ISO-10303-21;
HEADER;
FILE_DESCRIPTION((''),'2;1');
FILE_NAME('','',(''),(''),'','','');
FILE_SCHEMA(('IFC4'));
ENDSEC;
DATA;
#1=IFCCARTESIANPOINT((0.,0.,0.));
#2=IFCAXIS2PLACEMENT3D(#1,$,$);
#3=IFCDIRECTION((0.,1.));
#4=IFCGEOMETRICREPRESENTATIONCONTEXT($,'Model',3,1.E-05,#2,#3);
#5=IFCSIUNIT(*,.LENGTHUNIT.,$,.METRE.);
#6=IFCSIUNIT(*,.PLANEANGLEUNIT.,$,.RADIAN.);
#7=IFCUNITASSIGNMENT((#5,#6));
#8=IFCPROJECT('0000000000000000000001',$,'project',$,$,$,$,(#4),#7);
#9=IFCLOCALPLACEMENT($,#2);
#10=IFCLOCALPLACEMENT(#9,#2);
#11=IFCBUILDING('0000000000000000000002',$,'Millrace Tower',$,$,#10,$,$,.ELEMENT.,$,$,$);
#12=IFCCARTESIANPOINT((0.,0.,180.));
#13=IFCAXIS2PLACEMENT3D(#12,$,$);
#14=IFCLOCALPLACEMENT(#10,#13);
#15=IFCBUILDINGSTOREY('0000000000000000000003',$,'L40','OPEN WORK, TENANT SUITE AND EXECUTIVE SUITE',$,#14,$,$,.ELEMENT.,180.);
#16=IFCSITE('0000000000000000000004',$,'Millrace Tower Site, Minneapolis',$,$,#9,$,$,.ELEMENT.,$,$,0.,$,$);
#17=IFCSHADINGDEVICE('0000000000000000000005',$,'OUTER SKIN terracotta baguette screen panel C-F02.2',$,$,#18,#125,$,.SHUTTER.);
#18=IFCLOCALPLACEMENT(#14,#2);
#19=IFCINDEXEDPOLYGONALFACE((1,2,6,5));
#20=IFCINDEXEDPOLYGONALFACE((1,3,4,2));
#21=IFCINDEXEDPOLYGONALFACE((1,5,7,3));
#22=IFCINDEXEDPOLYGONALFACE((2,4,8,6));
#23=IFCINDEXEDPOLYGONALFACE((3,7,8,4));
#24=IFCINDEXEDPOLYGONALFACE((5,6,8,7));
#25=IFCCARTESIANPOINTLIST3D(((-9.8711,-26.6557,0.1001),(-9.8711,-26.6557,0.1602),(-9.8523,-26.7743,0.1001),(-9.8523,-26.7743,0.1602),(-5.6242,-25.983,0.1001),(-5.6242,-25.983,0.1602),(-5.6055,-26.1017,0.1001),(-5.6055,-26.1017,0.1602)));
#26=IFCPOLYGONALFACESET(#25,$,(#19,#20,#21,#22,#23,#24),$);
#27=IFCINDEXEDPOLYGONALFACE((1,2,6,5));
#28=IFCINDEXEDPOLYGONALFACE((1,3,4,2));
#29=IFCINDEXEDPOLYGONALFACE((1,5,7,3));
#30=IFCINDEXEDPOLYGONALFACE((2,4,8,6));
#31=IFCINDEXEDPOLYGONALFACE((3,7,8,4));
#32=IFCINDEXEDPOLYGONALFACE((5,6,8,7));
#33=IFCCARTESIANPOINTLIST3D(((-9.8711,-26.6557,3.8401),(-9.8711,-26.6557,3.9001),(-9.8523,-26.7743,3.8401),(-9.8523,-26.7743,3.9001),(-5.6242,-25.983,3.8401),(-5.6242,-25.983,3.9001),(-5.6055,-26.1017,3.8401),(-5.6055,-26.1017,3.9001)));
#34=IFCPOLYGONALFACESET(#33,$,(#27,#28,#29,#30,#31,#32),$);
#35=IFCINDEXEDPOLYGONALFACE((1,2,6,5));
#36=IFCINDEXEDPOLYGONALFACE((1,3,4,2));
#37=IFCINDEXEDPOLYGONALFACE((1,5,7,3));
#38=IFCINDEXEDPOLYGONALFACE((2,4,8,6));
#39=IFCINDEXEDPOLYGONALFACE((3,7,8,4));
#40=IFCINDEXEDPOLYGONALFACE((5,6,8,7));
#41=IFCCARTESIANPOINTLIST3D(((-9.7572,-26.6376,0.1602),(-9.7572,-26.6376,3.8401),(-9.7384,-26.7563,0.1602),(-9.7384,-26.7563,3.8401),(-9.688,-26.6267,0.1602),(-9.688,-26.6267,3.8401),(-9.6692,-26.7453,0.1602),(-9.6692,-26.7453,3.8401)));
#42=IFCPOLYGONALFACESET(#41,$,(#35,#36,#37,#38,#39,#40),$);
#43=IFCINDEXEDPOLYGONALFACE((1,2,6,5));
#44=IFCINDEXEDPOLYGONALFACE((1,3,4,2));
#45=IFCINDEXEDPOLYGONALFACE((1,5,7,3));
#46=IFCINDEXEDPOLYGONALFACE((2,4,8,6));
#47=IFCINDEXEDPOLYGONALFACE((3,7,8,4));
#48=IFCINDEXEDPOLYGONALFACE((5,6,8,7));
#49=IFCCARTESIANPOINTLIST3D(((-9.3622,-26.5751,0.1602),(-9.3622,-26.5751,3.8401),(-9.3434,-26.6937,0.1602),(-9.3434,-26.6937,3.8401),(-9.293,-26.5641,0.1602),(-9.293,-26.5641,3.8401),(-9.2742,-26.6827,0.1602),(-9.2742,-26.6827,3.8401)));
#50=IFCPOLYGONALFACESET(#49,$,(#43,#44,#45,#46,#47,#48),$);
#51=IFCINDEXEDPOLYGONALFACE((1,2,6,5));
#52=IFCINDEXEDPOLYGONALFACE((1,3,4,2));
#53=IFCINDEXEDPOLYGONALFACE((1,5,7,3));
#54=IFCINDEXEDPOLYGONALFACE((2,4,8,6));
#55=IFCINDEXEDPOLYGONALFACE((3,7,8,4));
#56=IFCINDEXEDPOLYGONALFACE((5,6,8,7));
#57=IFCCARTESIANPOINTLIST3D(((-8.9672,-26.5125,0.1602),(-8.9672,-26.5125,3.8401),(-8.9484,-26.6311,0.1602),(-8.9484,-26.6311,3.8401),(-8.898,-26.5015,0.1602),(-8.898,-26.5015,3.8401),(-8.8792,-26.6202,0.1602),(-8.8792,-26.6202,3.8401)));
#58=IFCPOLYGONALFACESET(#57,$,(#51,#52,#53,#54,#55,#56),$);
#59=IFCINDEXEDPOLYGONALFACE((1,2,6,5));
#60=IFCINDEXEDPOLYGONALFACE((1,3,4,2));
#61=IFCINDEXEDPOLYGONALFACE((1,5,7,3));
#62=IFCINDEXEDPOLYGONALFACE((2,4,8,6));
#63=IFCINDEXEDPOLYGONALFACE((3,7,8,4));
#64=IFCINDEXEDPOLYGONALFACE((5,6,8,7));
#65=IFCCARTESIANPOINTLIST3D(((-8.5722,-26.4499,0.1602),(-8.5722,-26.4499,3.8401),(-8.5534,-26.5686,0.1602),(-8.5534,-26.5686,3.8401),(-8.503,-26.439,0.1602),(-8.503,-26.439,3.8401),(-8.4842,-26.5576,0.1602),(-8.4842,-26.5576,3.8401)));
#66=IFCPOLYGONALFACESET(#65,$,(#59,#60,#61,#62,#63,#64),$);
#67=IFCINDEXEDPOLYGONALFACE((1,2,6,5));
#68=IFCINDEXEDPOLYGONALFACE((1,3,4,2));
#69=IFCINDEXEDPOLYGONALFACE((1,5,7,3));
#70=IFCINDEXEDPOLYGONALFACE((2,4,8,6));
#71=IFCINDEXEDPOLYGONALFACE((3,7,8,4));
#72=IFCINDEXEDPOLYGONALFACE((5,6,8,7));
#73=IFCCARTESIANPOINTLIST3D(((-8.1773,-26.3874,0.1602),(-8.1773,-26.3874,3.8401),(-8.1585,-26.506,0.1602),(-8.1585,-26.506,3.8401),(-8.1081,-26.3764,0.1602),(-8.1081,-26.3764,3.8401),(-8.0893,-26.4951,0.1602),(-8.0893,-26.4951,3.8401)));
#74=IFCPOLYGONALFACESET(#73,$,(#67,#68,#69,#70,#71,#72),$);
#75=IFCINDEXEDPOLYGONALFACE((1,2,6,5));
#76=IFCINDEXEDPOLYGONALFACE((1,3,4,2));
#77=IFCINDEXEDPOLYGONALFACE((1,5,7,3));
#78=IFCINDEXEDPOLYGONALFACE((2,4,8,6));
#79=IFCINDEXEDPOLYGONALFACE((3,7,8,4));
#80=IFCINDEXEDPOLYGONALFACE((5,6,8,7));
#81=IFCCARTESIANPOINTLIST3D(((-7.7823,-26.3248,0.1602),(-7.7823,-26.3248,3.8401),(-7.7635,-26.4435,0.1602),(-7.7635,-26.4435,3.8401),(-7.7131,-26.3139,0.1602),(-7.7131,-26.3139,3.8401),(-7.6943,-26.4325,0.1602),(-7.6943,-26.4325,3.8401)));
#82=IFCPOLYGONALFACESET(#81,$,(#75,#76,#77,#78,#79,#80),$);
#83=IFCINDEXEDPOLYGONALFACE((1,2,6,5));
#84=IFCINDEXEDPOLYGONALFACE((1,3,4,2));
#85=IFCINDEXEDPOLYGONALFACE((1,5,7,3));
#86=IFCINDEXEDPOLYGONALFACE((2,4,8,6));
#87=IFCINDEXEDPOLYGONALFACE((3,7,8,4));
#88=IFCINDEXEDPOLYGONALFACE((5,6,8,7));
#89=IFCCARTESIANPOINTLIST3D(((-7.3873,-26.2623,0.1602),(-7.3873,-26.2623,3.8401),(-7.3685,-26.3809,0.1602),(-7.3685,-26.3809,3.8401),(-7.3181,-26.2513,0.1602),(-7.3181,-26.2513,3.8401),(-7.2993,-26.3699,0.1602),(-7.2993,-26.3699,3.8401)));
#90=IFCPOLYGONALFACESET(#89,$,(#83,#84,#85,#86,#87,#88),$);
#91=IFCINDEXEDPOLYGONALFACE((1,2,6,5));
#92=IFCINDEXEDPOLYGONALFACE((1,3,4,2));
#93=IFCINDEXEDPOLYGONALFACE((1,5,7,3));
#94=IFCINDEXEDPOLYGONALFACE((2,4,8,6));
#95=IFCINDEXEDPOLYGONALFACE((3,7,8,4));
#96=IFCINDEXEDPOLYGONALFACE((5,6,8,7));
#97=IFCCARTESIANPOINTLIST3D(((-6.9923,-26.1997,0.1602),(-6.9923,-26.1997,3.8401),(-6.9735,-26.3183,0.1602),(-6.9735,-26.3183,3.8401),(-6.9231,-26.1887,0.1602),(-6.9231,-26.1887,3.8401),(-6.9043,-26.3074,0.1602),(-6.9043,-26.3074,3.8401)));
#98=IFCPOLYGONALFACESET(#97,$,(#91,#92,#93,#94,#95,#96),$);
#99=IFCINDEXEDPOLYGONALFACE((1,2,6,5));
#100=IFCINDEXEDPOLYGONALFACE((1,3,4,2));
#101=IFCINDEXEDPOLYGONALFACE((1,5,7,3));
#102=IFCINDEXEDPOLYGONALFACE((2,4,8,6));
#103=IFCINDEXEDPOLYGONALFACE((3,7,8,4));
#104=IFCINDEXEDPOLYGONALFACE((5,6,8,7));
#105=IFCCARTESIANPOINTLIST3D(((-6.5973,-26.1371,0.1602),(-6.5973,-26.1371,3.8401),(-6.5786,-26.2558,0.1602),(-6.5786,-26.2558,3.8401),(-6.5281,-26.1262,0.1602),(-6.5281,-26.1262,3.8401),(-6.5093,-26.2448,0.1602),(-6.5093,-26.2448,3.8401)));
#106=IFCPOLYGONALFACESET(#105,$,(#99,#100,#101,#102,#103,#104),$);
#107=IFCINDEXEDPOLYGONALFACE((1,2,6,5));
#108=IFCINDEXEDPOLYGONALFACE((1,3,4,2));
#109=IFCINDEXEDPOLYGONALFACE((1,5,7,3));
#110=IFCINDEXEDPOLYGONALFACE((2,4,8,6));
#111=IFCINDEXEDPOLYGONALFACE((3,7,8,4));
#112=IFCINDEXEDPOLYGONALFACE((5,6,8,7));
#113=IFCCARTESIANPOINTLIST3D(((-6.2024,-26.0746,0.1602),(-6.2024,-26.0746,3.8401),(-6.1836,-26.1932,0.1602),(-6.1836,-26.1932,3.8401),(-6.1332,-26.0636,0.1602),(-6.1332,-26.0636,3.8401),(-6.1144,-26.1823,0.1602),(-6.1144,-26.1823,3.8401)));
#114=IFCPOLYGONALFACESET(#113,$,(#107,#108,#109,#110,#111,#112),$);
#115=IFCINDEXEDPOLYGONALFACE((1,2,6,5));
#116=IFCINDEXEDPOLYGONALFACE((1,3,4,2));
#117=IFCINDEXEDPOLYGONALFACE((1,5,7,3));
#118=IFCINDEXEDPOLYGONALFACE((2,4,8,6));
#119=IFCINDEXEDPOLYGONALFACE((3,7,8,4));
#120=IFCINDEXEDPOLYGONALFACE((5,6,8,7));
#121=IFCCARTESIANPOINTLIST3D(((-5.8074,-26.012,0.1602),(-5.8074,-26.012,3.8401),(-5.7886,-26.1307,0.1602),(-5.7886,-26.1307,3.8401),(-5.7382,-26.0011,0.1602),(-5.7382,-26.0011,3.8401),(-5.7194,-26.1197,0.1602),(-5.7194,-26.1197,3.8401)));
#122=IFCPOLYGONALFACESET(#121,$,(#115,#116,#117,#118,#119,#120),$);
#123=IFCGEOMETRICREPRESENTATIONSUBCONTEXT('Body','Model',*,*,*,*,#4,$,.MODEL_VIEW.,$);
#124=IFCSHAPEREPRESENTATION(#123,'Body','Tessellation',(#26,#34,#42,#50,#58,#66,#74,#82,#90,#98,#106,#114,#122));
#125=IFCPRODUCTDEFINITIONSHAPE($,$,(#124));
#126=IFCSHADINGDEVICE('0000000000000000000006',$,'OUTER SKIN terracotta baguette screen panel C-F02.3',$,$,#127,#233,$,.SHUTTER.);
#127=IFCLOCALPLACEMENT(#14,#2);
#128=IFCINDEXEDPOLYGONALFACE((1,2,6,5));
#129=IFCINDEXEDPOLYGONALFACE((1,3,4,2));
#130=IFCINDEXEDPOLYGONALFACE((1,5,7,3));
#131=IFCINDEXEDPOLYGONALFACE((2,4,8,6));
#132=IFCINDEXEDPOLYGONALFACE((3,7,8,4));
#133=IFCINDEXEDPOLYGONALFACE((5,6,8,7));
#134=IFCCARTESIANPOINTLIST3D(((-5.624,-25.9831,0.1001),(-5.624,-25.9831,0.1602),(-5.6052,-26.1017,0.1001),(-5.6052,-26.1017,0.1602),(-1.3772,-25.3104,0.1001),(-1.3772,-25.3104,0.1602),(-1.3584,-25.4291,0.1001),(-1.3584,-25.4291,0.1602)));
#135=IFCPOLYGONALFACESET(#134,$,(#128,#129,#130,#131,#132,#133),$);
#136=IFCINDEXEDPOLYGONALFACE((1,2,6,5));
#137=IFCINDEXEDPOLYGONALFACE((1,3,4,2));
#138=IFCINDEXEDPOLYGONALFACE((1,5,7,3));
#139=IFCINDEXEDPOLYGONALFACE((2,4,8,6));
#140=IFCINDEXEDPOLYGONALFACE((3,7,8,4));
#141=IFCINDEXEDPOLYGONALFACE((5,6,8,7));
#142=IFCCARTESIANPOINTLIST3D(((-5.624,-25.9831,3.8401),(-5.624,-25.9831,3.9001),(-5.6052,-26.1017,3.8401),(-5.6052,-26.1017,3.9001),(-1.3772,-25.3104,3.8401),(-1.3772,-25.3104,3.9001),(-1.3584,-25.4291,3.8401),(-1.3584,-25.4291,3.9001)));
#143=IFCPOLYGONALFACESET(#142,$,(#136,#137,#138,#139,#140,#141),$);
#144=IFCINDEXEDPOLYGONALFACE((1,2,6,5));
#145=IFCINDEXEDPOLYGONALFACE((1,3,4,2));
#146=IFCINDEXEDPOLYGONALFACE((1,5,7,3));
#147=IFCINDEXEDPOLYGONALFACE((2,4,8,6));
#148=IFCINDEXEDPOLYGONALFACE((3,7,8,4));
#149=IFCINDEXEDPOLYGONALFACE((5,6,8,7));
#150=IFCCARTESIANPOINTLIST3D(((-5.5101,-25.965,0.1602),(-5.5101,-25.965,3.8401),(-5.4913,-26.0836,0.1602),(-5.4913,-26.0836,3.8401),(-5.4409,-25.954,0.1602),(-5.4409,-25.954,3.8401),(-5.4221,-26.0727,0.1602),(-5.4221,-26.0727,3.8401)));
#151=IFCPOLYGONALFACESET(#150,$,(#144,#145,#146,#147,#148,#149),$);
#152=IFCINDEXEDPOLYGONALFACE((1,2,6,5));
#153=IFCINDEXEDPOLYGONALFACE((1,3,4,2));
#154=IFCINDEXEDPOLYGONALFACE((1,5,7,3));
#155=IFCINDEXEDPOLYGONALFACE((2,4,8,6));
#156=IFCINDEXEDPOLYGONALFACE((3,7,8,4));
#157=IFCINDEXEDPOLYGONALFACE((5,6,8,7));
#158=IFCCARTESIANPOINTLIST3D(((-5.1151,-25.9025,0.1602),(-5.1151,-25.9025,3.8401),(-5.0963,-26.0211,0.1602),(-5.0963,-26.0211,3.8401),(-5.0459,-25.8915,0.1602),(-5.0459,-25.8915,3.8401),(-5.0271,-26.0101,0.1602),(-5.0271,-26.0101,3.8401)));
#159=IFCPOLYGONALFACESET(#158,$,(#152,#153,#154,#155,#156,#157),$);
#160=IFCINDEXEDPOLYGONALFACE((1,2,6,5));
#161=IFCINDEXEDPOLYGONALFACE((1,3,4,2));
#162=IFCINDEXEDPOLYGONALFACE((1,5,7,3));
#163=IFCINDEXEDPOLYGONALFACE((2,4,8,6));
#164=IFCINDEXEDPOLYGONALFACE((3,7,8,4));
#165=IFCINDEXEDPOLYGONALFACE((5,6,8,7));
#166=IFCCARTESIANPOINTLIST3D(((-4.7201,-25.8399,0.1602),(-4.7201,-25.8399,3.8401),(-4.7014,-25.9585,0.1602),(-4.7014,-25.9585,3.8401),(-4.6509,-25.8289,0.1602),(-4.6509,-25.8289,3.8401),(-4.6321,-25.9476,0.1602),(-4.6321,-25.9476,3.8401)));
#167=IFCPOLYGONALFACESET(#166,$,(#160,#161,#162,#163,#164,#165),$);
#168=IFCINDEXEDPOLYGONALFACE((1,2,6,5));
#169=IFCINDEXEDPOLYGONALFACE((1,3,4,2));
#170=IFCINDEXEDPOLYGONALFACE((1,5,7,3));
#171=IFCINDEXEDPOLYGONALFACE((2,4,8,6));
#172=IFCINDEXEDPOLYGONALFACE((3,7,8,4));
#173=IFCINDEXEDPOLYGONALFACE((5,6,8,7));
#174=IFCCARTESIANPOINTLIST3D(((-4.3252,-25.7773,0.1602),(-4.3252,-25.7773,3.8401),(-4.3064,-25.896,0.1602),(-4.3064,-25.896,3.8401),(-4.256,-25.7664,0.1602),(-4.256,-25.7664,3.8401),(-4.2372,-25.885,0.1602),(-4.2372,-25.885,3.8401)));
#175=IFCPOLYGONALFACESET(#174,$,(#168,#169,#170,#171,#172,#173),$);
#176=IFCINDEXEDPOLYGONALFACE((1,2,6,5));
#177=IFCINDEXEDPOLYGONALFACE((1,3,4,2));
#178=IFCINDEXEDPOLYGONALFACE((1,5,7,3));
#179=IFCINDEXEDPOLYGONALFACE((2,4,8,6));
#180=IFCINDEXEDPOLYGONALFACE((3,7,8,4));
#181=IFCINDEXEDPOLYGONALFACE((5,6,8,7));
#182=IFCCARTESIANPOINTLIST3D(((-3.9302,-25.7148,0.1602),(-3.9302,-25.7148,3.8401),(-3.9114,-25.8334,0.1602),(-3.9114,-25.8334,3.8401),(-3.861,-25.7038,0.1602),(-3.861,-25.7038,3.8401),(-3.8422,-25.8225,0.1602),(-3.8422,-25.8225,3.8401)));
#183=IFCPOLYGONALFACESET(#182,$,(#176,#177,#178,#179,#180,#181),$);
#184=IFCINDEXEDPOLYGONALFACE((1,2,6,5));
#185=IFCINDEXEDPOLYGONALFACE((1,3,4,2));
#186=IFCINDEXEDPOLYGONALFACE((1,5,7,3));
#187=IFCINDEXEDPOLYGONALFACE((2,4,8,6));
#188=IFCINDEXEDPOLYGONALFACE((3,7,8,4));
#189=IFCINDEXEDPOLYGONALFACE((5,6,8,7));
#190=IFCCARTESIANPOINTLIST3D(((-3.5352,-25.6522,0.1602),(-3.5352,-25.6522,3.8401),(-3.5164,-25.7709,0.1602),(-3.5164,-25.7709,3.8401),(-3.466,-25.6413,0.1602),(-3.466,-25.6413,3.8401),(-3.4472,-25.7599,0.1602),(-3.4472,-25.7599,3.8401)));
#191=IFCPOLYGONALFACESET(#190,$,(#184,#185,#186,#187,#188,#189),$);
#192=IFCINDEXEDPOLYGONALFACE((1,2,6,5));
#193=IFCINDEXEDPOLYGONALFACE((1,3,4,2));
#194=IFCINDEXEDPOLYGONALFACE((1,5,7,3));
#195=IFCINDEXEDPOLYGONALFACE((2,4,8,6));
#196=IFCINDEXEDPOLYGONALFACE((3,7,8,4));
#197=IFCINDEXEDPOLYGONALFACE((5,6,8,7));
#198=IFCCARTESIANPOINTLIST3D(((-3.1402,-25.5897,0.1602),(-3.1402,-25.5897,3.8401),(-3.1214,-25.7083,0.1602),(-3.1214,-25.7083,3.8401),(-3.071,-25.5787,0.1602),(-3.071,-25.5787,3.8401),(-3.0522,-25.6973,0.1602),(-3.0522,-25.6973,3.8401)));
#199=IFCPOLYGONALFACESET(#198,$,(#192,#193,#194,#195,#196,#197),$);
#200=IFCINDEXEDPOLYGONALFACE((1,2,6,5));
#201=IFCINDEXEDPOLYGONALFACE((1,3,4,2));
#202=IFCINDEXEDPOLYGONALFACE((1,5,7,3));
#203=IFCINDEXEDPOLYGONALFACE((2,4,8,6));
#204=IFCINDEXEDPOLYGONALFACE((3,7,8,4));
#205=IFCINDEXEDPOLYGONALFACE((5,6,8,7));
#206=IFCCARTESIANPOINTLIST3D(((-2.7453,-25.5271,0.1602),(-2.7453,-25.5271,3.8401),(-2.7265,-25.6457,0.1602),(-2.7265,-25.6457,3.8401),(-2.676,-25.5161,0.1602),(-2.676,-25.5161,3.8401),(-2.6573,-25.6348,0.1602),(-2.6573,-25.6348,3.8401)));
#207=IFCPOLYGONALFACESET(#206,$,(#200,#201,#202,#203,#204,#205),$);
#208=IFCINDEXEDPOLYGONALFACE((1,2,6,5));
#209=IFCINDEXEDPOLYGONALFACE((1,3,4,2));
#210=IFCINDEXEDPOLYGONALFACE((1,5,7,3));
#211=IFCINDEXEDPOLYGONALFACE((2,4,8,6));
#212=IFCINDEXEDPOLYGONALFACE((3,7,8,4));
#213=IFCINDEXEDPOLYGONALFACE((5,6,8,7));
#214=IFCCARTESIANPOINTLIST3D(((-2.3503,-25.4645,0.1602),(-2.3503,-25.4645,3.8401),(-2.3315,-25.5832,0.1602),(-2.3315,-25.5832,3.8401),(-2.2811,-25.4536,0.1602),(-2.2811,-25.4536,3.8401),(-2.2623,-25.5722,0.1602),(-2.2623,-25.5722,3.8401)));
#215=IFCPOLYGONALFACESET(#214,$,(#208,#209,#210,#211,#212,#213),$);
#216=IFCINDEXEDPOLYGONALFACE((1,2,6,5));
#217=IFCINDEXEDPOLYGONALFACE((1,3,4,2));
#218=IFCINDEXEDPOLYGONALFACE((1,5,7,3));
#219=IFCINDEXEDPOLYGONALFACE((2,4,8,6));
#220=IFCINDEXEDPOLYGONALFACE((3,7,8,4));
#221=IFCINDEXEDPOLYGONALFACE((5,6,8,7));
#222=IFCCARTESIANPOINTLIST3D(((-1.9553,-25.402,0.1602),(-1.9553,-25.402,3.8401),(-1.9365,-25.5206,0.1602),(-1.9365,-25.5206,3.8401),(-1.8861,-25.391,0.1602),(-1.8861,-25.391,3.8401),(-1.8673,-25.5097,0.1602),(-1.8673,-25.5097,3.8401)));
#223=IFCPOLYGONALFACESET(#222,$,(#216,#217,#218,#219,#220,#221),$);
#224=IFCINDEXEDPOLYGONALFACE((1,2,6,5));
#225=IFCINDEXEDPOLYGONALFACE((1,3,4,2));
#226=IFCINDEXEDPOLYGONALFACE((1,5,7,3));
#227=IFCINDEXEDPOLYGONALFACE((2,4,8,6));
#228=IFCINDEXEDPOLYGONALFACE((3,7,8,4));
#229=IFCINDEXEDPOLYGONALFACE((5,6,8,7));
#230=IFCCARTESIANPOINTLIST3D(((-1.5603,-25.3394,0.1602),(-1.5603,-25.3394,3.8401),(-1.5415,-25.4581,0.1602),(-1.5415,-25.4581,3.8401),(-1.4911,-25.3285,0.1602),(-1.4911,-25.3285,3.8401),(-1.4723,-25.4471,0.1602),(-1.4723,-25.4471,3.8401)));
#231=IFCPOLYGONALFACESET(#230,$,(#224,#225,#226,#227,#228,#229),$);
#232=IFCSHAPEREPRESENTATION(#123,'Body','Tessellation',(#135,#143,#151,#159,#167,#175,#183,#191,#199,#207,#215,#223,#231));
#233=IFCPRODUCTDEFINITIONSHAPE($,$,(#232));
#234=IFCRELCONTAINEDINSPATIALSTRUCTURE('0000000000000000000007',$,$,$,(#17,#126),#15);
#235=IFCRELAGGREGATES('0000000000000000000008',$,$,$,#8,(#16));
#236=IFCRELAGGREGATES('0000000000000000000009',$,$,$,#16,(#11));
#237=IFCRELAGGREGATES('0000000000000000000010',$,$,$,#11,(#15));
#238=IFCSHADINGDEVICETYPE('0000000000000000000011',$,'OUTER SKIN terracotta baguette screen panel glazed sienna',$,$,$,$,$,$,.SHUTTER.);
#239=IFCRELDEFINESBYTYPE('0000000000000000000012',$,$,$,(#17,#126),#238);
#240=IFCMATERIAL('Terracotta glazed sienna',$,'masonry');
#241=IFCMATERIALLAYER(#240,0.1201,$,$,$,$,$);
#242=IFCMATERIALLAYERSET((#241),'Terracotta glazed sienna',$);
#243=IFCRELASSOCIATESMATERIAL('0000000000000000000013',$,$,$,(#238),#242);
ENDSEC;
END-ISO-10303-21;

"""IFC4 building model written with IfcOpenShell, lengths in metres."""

from ifc_helpers import new_model, entity, si_unit, direction, frame, frame_2d, origin, origin_2d, place, context, subcontext, project, spatial, rectangle, extrude, source, transform, mapped, material, layer, layer_set, type_object, element, save


model = new_model("IFC4")

# Units and contexts
model_context = context("Model", 3, precision=1e-05, world=origin(), true_north=direction((0.0, 1.0)))
body_context = subcontext(model_context, "Body", "Model", "MODEL_VIEW")
ifc_project = project(units=[si_unit("LENGTHUNIT", "METRE"), si_unit("PLANEANGLEUNIT", "RADIAN")], contexts=[model_context])

# Site, building, storey
site_placement = place(None, origin())
site = spatial("IfcSite", under=ifc_project, at=site_placement, Name="Millrace Tower Site, Minneapolis", CompositionType="ELEMENT", RefElevation=0.0)
building_placement = place(site_placement, origin())
building = spatial("IfcBuilding", under=site, at=building_placement, Name="Millrace Tower", CompositionType="ELEMENT")
storey_placement = place(building_placement, frame((0.0, 0.0, 180.0)))
storey = spatial("IfcBuildingStorey", under=building, at=storey_placement, Name="L40", Description="OPEN WORK, TENANT SUITE AND EXECUTIVE SUITE", CompositionType="ELEMENT", Elevation=180.0)

# Shading devices
ifc_material_1 = material(Name="Terracotta glazed sienna", Category="masonry")
ifc_layer_1 = layer(ifc_material_1, 0.1201)
ifc_layer_set_1 = layer_set([ifc_layer_1], Name="Terracotta glazed sienna")
shading_device_type = type_object("IfcShadingDeviceType", Name="OUTER SKIN terracotta baguette screen panel glazed sienna", PredefinedType="SHUTTER", material=ifc_layer_set_1)
cartesian_point_1 = entity("IfcCartesianPoint", [-2.1499, 0.0601])
shared_polyline_1 = entity("IfcPolyline", [cartesian_point_1, entity("IfcCartesianPoint", [2.1499, 0.0601]), entity("IfcCartesianPoint", [2.1499, -0.0601]), entity("IfcCartesianPoint", [-2.1499, -0.0601]), cartesian_point_1])
shared_shape_1 = source(origin(), body_context, "Body", "SweptSolid", [
    entity("IfcExtrudedAreaSolid", entity("IfcArbitraryClosedProfileDef", "AREA", None, shared_polyline_1), entity("IfcAxis2Placement3D", entity("IfcCartesianPoint", [0.0, 0.0, 0.0])), entity("IfcDirection", [0.0, 0.0, 1.0]), 0.0601),
    entity("IfcExtrudedAreaSolid", entity("IfcArbitraryClosedProfileDef", "AREA", None, shared_polyline_1), entity("IfcAxis2Placement3D", entity("IfcCartesianPoint", [0.0, 0.0, 3.74])), entity("IfcDirection", [0.0, 0.0, 1.0]), 0.0601),
    extrude(rectangle(XDim=0.0701, YDim=0.1201, at=frame_2d((-1.9995, 0.0))), frame((0.0, 0.0, 0.0601)), (0.0, 0.0, 1.0), 3.6799),
    extrude(rectangle(XDim=0.0701, YDim=0.1201, at=frame_2d((-1.5996, 0.0))), frame((0.0, 0.0, 0.0601)), (0.0, 0.0, 1.0), 3.6799),
    extrude(rectangle(XDim=0.0701, YDim=0.1201, at=frame_2d((-1.1997, 0.0))), frame((0.0, 0.0, 0.0601)), (0.0, 0.0, 1.0), 3.6799),
    extrude(rectangle(XDim=0.0701, YDim=0.1201, at=frame_2d((-0.7998, 0.0))), frame((0.0, 0.0, 0.0601)), (0.0, 0.0, 1.0), 3.6799),
    extrude(rectangle(XDim=0.0701, YDim=0.1201, at=frame_2d((-0.3999, 0.0))), frame((0.0, 0.0, 0.0601)), (0.0, 0.0, 1.0), 3.6799),
    extrude(rectangle(XDim=0.0701, YDim=0.1201, at=origin_2d()), frame((0.0, 0.0, 0.0601)), (0.0, 0.0, 1.0), 3.6799),
    extrude(rectangle(XDim=0.0701, YDim=0.1201, at=frame_2d((0.3999, 0.0))), frame((0.0, 0.0, 0.0601)), (0.0, 0.0, 1.0), 3.6799),
    extrude(rectangle(XDim=0.0701, YDim=0.1201, at=frame_2d((0.7998, 0.0))), frame((0.0, 0.0, 0.0601)), (0.0, 0.0, 1.0), 3.6799),
    extrude(rectangle(XDim=0.0701, YDim=0.1201, at=frame_2d((1.1997, 0.0))), frame((0.0, 0.0, 0.0601)), (0.0, 0.0, 1.0), 3.6799),
    extrude(rectangle(XDim=0.0701, YDim=0.1201, at=frame_2d((1.5996, 0.0))), frame((0.0, 0.0, 0.0601)), (0.0, 0.0, 1.0), 3.6799),
    extrude(rectangle(XDim=0.0701, YDim=0.1201, at=frame_2d((1.9995, 0.0))), frame((0.0, 0.0, 0.0601)), (0.0, 0.0, 1.0), 3.6799),
])
for number, where, z_axis, x_axis, name in (
    (1, (-7.7383, -26.3787, 0.1001), (0.0, 0.0, 1.0), (0.987688, 0.156434, 0.0), "OUTER SKIN terracotta baguette screen panel C-F02.2"),
    (2, (-3.4912, -25.7061, 0.1001), (0.0, 0.0, 1.0), (0.987688, 0.156434, 0.0), "OUTER SKIN terracotta baguette screen panel C-F02.3"),
):
    element("IfcShadingDevice", number, at=place(storey_placement, frame(where, z_axis=z_axis, x_axis=x_axis)), inside=storey, type_object=shading_device_type, Name=name, PredefinedType="SHUTTER", context=body_context, shape_type="MappedRepresentation", body=[
        mapped(shared_shape_1, transform((0.0, 0.0, 0.0), scale=1.0)),
    ])

save(model, "model.ifc")
